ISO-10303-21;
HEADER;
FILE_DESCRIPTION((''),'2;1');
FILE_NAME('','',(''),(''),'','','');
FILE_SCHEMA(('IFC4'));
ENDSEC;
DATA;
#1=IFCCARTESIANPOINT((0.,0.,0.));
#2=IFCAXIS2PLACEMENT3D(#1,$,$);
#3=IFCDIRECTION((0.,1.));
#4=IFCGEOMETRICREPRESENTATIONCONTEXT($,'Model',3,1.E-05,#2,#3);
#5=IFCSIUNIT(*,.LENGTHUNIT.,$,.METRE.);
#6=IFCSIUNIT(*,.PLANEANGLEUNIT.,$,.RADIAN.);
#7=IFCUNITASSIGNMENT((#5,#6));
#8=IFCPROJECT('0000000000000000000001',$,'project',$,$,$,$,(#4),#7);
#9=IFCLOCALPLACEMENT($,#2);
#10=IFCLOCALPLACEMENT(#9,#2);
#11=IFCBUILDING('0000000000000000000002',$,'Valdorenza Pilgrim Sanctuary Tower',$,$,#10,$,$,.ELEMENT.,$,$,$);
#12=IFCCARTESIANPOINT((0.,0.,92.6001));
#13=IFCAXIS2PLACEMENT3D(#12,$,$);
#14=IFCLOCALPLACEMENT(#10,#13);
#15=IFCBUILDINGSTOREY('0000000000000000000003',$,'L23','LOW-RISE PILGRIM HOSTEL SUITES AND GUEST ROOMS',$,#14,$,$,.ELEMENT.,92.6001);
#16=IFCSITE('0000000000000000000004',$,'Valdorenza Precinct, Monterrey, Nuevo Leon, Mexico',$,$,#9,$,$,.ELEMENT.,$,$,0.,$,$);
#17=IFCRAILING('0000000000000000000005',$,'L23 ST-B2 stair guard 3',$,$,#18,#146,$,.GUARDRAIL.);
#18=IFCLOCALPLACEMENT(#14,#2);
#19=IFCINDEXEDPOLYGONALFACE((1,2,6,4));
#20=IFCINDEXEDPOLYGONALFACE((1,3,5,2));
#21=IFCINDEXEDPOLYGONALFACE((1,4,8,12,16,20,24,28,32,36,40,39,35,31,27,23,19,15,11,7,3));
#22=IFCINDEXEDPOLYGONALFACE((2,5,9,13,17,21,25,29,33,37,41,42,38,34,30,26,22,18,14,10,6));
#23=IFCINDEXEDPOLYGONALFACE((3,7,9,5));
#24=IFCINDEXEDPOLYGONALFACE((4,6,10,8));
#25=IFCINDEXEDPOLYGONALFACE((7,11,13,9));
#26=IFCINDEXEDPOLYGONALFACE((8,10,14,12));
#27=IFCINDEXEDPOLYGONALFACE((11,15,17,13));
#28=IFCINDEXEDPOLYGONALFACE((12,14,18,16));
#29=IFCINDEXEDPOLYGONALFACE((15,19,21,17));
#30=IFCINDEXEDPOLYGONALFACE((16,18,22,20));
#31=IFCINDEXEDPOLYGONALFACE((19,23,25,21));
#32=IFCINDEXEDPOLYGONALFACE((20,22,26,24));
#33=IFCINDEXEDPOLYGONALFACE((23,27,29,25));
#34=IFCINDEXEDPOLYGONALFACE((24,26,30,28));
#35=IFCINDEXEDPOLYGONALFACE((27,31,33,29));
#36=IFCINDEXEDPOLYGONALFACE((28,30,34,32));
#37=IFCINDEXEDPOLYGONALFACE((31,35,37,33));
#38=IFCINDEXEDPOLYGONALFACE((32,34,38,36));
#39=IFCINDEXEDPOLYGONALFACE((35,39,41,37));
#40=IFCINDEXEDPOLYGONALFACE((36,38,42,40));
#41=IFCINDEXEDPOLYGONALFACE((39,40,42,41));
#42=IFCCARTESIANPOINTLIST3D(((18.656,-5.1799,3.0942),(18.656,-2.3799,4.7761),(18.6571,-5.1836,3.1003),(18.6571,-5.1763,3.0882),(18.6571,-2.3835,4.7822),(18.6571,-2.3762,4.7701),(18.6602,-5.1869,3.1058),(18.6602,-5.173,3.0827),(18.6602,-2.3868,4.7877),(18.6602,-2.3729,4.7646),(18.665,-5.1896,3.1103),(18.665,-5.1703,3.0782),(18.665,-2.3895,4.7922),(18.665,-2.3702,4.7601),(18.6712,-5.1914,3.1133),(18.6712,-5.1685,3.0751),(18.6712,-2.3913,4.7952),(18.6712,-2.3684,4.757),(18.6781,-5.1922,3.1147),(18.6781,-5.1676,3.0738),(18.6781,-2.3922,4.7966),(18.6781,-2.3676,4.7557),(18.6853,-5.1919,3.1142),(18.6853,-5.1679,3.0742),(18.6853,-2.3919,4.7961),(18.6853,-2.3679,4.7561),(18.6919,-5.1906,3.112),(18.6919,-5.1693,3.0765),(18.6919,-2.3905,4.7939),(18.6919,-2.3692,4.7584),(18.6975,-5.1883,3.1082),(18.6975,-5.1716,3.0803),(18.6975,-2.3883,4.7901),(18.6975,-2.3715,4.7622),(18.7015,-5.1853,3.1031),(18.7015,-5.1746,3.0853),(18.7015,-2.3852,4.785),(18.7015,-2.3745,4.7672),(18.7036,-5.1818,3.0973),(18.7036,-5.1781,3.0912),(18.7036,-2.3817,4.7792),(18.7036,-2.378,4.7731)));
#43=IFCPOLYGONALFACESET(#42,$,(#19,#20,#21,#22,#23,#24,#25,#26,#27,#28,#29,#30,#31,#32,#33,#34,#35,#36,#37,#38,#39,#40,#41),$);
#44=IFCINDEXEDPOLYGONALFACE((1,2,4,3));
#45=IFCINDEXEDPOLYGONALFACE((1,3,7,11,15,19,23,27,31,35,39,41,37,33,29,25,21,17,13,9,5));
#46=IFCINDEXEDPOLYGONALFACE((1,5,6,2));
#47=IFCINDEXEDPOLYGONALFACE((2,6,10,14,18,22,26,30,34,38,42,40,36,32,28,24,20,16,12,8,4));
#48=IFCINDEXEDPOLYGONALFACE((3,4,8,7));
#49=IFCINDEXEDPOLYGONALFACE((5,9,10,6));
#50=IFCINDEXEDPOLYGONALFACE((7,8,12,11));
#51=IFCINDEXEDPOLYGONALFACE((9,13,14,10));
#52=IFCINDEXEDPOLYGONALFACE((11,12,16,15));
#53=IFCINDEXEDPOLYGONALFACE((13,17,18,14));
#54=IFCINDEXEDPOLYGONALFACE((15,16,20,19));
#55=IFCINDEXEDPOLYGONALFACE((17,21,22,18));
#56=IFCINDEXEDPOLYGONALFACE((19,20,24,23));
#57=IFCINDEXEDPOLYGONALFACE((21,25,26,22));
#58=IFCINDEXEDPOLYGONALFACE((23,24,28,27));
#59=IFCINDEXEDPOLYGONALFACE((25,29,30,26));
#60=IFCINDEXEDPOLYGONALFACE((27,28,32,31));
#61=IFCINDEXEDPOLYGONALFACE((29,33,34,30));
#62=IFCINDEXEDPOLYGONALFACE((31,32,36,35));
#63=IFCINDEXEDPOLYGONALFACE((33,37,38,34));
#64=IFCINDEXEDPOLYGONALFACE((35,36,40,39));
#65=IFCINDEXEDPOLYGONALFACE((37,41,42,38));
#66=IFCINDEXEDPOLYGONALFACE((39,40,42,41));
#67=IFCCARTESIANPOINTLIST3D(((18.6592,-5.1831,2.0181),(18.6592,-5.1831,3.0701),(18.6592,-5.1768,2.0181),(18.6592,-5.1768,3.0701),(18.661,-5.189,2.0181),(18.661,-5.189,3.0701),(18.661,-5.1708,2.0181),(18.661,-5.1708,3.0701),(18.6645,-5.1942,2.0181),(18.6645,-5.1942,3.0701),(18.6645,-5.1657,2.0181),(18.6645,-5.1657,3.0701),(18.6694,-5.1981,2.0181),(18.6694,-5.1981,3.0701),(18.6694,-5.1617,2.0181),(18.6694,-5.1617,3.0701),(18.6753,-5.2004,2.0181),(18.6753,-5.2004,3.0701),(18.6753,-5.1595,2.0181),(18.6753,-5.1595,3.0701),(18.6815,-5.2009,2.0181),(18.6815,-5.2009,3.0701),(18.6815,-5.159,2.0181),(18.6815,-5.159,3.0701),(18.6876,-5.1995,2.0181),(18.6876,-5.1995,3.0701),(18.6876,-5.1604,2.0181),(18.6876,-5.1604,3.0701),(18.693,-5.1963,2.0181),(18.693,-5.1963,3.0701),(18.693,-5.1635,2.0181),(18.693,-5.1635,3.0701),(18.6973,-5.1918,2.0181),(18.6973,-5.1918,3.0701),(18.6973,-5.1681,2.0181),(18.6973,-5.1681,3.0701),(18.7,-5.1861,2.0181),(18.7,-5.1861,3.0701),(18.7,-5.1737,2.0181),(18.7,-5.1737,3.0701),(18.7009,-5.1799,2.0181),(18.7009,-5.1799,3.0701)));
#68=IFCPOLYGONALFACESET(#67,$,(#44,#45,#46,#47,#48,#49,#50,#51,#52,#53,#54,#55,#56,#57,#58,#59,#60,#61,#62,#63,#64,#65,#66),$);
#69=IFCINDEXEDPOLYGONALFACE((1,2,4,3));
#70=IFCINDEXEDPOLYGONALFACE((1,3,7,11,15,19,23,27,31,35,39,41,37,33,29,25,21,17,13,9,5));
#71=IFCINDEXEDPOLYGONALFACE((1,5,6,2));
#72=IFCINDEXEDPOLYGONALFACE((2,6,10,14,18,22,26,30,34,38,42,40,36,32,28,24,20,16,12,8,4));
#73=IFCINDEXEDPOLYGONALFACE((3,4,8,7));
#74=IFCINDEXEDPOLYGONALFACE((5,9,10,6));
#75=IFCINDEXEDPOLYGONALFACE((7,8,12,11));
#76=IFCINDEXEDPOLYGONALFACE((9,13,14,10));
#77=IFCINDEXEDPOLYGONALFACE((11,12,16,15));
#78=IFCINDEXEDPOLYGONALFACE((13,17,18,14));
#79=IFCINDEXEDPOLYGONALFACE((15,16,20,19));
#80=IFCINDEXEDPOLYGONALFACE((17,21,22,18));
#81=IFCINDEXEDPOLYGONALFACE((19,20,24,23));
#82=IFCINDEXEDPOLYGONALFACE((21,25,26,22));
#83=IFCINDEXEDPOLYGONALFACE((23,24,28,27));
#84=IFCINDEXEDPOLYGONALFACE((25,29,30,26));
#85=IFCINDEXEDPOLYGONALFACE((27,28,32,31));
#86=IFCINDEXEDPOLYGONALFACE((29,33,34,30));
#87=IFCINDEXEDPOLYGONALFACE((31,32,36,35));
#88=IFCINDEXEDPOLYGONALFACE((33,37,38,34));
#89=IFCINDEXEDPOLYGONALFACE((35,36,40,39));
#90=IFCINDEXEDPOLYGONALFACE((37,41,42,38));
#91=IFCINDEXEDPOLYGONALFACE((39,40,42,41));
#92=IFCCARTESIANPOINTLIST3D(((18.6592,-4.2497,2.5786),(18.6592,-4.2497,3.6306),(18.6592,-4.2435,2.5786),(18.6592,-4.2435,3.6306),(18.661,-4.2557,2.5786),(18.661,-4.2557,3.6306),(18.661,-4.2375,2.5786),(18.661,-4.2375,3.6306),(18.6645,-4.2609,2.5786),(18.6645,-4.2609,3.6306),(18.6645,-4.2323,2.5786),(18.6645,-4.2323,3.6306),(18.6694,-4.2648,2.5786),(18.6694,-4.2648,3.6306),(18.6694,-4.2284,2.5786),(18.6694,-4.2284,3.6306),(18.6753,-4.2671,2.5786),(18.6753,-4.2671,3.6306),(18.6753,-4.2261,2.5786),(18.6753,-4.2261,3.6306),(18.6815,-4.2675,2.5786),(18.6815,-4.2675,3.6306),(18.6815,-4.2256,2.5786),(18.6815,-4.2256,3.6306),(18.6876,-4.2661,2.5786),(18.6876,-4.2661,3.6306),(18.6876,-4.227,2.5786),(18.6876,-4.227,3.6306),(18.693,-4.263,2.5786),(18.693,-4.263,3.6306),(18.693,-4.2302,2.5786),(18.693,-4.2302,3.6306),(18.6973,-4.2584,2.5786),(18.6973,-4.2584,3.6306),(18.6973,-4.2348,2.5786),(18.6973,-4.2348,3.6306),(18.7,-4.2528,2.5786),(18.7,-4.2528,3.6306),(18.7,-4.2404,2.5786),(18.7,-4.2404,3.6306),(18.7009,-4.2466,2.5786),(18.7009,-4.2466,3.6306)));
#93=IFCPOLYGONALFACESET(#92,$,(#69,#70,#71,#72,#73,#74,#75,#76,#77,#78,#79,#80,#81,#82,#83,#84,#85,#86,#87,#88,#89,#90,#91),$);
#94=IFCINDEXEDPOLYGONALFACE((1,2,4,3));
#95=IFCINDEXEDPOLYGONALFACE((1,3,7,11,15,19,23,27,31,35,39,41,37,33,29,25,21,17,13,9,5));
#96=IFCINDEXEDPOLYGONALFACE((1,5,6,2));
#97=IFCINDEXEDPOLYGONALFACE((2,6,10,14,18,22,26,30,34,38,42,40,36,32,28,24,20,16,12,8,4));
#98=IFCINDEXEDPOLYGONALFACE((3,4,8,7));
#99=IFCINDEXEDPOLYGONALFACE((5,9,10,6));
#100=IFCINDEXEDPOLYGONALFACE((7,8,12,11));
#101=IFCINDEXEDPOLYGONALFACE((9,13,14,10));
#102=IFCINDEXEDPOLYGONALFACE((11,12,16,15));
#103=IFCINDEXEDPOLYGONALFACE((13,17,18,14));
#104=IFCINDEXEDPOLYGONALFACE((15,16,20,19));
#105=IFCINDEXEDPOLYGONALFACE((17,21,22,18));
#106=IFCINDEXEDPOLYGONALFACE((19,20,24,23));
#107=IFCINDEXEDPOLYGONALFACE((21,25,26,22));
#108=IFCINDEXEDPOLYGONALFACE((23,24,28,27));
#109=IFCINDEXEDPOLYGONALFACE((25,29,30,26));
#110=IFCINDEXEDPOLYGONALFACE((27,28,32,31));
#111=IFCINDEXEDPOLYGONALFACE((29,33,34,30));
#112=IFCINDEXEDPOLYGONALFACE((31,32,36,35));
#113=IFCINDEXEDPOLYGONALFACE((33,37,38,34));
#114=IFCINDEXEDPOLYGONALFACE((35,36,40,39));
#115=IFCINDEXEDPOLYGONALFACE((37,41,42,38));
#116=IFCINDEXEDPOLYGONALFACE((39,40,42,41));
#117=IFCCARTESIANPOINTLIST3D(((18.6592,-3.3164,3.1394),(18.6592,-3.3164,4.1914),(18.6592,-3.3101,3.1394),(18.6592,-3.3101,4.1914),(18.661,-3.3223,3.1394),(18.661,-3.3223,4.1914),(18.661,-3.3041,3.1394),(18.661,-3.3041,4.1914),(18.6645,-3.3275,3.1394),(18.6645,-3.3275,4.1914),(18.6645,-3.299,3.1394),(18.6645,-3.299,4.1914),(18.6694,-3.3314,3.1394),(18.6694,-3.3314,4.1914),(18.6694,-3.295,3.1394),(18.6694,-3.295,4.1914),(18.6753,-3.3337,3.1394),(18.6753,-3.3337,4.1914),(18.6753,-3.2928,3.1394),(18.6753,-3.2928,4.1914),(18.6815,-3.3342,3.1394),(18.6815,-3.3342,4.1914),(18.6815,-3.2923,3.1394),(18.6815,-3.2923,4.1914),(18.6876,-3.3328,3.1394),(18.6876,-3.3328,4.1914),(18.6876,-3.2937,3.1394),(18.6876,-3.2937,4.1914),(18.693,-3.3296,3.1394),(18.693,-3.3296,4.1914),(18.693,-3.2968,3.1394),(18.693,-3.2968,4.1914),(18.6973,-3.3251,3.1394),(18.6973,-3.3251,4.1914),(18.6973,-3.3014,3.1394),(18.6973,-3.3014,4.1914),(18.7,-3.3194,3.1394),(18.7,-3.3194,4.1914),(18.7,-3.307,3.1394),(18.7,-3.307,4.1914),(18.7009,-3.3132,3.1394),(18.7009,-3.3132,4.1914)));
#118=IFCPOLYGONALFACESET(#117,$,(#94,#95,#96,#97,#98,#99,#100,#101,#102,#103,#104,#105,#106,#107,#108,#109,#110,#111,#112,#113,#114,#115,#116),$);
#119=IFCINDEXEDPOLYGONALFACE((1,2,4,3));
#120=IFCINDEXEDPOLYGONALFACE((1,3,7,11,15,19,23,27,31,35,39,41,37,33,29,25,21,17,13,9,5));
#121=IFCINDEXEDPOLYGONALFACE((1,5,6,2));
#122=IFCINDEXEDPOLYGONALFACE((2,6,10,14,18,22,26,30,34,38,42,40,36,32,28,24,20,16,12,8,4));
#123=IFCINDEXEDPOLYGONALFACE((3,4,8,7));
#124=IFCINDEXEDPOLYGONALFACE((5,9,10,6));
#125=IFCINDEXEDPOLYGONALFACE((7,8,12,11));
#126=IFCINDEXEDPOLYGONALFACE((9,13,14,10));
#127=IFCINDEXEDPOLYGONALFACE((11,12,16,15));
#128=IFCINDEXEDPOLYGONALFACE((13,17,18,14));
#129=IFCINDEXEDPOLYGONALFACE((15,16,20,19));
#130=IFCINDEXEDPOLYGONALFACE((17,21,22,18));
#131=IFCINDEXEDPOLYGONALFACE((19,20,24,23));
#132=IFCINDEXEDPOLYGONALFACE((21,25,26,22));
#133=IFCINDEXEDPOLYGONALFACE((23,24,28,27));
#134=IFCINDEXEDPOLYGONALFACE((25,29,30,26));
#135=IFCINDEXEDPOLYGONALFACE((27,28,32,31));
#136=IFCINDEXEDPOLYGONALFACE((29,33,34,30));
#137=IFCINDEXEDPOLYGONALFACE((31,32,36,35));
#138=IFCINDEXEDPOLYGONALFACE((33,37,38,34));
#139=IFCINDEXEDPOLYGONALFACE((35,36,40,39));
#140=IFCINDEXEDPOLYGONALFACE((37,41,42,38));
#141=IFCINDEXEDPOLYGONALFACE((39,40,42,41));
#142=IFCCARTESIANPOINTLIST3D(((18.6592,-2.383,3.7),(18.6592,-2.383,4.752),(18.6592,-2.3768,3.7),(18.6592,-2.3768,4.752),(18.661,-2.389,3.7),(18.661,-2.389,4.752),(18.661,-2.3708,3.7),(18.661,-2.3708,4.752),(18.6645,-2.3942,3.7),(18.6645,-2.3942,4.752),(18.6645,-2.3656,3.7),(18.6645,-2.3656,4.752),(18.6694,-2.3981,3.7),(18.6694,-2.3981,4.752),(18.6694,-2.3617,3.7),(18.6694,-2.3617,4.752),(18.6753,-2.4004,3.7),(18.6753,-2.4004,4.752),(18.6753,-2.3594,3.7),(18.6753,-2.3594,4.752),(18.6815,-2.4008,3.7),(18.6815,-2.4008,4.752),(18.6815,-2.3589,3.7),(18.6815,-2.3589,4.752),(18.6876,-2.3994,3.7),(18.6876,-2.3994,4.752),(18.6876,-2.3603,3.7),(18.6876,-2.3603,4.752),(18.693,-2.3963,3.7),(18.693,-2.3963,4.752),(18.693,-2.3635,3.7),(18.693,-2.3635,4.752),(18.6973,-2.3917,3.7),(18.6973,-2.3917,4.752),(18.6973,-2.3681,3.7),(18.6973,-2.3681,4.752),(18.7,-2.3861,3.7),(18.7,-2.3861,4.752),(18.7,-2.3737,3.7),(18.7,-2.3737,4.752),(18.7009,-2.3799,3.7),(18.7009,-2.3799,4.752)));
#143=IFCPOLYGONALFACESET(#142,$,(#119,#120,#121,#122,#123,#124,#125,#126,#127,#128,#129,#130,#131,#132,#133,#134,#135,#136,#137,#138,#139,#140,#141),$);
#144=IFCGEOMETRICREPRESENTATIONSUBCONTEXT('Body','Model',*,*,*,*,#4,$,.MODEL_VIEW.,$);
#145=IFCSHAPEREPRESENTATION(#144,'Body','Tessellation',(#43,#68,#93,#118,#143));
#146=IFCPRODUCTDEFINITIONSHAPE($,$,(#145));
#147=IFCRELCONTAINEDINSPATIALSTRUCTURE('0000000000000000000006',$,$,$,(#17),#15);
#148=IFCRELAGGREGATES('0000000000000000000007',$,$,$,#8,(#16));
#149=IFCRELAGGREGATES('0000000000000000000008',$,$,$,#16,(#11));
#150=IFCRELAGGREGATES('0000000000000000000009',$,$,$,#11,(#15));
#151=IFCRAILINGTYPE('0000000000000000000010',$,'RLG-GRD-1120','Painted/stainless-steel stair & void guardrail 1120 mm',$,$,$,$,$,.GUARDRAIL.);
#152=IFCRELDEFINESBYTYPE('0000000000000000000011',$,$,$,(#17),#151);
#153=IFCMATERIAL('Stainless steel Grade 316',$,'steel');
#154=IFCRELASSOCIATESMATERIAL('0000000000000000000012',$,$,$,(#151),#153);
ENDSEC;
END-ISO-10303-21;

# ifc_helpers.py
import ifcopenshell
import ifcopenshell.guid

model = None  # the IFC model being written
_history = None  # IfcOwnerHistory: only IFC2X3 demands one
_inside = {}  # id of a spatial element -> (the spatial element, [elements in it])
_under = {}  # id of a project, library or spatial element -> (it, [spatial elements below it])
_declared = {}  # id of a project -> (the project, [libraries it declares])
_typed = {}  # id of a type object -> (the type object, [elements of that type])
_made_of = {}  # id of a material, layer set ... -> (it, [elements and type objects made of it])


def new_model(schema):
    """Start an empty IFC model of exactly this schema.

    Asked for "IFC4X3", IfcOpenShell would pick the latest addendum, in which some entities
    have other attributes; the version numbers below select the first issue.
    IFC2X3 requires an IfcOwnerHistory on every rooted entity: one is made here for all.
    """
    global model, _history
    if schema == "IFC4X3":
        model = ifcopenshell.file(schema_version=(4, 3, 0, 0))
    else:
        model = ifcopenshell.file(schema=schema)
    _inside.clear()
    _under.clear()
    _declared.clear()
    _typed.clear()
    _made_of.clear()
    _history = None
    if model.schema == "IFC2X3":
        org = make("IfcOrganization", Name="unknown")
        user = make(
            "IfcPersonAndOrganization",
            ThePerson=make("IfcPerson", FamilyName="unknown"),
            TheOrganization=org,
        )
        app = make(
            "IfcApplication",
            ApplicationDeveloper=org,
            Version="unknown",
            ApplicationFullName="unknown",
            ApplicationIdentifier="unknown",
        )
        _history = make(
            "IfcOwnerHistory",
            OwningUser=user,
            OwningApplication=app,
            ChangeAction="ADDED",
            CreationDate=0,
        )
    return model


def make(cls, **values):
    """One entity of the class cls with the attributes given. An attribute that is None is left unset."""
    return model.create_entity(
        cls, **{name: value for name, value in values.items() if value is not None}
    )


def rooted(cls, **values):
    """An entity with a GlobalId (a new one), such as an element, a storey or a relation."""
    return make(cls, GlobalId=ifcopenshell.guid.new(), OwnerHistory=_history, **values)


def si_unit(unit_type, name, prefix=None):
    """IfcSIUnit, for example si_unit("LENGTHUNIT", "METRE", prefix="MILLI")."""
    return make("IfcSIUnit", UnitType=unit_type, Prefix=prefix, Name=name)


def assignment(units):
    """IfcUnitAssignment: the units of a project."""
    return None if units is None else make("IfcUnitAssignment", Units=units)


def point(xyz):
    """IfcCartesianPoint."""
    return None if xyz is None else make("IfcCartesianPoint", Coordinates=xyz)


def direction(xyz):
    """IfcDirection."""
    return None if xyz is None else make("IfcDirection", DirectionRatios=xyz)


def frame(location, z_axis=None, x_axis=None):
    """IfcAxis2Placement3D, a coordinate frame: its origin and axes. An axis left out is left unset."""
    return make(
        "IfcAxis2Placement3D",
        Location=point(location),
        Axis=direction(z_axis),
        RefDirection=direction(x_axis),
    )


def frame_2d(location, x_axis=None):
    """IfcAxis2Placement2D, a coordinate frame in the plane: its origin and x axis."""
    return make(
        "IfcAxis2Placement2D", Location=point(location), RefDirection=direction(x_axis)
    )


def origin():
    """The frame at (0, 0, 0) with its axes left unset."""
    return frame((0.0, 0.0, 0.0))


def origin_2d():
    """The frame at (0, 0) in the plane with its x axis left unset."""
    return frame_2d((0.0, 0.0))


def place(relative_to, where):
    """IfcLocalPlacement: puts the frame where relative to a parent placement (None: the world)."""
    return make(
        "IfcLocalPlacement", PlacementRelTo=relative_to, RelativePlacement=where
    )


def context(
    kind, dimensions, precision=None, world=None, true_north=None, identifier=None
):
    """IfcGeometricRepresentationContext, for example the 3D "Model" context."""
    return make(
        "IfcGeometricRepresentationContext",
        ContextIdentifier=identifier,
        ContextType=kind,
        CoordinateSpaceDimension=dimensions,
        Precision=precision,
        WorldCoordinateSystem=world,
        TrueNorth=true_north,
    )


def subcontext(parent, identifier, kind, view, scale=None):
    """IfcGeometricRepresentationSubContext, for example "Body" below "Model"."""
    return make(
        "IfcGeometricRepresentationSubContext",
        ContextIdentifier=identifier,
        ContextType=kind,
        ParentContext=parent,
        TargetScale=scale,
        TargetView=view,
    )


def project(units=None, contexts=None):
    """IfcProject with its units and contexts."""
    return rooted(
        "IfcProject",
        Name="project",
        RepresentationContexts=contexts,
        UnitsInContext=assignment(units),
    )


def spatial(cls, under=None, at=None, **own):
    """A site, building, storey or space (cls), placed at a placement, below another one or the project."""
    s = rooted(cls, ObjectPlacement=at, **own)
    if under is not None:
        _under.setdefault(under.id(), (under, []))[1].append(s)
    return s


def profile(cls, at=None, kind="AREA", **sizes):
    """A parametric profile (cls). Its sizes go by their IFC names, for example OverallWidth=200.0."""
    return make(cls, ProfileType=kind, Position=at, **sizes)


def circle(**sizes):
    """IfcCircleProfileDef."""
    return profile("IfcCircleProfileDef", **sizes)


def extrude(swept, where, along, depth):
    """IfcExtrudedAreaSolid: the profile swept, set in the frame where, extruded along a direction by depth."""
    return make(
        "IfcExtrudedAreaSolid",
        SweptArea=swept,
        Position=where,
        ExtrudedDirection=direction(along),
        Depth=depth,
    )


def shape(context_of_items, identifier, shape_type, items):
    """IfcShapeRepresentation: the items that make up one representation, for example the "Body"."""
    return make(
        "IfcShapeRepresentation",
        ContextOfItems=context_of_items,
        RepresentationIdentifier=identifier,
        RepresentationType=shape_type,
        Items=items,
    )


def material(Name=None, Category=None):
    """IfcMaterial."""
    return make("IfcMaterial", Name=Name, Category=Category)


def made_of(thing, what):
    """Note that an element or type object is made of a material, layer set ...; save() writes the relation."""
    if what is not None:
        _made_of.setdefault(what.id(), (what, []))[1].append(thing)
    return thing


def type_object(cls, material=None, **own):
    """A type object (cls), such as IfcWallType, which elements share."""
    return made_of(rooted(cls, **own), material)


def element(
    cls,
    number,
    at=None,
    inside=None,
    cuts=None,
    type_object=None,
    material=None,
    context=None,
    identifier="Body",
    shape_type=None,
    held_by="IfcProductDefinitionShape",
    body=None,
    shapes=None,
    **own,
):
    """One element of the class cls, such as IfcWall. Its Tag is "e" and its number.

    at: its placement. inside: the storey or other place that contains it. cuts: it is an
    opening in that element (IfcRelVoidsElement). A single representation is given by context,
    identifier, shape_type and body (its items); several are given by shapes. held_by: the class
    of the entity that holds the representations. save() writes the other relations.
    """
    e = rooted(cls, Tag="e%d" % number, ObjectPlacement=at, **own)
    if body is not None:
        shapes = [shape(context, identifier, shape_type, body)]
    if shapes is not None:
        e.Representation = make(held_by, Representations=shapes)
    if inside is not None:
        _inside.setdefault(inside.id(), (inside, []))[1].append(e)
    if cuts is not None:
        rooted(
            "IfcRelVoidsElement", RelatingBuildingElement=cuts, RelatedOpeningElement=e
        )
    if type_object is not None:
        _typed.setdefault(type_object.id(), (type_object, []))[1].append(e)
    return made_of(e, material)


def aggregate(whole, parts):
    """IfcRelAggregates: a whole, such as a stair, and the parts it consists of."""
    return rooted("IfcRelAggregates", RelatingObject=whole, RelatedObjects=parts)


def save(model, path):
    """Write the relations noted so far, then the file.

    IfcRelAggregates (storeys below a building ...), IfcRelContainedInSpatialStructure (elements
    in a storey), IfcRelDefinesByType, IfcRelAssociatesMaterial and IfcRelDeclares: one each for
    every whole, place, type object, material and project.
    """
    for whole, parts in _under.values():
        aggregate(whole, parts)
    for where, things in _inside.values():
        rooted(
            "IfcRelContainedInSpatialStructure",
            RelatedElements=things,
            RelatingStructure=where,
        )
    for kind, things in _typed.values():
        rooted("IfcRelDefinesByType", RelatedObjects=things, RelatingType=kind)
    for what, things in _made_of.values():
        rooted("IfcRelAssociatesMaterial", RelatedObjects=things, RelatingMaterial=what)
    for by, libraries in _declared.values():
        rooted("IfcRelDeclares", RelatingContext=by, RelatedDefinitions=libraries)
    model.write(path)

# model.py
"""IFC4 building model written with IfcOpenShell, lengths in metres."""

from ifc_helpers import new_model, si_unit, direction, frame, origin, origin_2d, place, context, subcontext, project, spatial, circle, extrude, material, type_object, element, save


model = new_model("IFC4")

# Units and contexts
model_context = context("Model", 3, precision=1e-05, world=origin(), true_north=direction((0.0, 1.0)))
body_context = subcontext(model_context, "Body", "Model", "MODEL_VIEW")
ifc_project = project(units=[si_unit("LENGTHUNIT", "METRE"), si_unit("PLANEANGLEUNIT", "RADIAN")], contexts=[model_context])

# Site, building, storey
site_placement = place(None, origin())
site = spatial("IfcSite", under=ifc_project, at=site_placement, Name="Valdorenza Precinct, Monterrey, Nuevo Leon, Mexico", CompositionType="ELEMENT", RefElevation=0.0)
building_placement = place(site_placement, origin())
building = spatial("IfcBuilding", under=site, at=building_placement, Name="Valdorenza Pilgrim Sanctuary Tower", CompositionType="ELEMENT")
storey_placement = place(building_placement, frame((0.0, 0.0, 92.6001)))
storey = spatial("IfcBuildingStorey", under=building, at=storey_placement, Name="L23", Description="LOW-RISE PILGRIM HOSTEL SUITES AND GUEST ROOMS", CompositionType="ELEMENT", Elevation=92.6001)

# Railing
ifc_material_1 = material(Name="Stainless steel Grade 316", Category="steel")
railing_type_1 = type_object("IfcRailingType", Name="RLG-GRD-1120", Description="Painted/stainless-steel stair & void guardrail 1120 mm", PredefinedType="GUARDRAIL", material=ifc_material_1)
railing_1_placement = place(storey_placement, frame((18.6799, -5.1799, 2.0181)))
element("IfcRailing", 1, at=railing_1_placement, inside=storey, type_object=railing_type_1, Name="L23 ST-B2 stair guard 3", PredefinedType="GUARDRAIL", context=body_context, shape_type="SweptSolid", body=[
    extrude(circle(Radius=0.0239, at=origin_2d()), frame((0.0, 0.0, 1.0762), z_axis=(0.0, 0.857242, 0.514913), x_axis=(-1.0, 0.0, 0.0)), (0.0, 0.0, 1.0), 3.2664),
    extrude(circle(Radius=0.021, at=origin_2d()), origin(), (0.0, 0.0, 1.0), 1.052),
    extrude(circle(Radius=0.021, at=origin_2d()), frame((0.0, 0.9333, 0.5605)), (0.0, 0.0, 1.0), 1.052),
    extrude(circle(Radius=0.021, at=origin_2d()), frame((0.0, 1.8667, 1.1213)), (0.0, 0.0, 1.0), 1.052),
    extrude(circle(Radius=0.021, at=origin_2d()), frame((0.0, 2.8, 1.6819)), (0.0, 0.0, 1.0), 1.052),
])

save(model, "model.ifc")
